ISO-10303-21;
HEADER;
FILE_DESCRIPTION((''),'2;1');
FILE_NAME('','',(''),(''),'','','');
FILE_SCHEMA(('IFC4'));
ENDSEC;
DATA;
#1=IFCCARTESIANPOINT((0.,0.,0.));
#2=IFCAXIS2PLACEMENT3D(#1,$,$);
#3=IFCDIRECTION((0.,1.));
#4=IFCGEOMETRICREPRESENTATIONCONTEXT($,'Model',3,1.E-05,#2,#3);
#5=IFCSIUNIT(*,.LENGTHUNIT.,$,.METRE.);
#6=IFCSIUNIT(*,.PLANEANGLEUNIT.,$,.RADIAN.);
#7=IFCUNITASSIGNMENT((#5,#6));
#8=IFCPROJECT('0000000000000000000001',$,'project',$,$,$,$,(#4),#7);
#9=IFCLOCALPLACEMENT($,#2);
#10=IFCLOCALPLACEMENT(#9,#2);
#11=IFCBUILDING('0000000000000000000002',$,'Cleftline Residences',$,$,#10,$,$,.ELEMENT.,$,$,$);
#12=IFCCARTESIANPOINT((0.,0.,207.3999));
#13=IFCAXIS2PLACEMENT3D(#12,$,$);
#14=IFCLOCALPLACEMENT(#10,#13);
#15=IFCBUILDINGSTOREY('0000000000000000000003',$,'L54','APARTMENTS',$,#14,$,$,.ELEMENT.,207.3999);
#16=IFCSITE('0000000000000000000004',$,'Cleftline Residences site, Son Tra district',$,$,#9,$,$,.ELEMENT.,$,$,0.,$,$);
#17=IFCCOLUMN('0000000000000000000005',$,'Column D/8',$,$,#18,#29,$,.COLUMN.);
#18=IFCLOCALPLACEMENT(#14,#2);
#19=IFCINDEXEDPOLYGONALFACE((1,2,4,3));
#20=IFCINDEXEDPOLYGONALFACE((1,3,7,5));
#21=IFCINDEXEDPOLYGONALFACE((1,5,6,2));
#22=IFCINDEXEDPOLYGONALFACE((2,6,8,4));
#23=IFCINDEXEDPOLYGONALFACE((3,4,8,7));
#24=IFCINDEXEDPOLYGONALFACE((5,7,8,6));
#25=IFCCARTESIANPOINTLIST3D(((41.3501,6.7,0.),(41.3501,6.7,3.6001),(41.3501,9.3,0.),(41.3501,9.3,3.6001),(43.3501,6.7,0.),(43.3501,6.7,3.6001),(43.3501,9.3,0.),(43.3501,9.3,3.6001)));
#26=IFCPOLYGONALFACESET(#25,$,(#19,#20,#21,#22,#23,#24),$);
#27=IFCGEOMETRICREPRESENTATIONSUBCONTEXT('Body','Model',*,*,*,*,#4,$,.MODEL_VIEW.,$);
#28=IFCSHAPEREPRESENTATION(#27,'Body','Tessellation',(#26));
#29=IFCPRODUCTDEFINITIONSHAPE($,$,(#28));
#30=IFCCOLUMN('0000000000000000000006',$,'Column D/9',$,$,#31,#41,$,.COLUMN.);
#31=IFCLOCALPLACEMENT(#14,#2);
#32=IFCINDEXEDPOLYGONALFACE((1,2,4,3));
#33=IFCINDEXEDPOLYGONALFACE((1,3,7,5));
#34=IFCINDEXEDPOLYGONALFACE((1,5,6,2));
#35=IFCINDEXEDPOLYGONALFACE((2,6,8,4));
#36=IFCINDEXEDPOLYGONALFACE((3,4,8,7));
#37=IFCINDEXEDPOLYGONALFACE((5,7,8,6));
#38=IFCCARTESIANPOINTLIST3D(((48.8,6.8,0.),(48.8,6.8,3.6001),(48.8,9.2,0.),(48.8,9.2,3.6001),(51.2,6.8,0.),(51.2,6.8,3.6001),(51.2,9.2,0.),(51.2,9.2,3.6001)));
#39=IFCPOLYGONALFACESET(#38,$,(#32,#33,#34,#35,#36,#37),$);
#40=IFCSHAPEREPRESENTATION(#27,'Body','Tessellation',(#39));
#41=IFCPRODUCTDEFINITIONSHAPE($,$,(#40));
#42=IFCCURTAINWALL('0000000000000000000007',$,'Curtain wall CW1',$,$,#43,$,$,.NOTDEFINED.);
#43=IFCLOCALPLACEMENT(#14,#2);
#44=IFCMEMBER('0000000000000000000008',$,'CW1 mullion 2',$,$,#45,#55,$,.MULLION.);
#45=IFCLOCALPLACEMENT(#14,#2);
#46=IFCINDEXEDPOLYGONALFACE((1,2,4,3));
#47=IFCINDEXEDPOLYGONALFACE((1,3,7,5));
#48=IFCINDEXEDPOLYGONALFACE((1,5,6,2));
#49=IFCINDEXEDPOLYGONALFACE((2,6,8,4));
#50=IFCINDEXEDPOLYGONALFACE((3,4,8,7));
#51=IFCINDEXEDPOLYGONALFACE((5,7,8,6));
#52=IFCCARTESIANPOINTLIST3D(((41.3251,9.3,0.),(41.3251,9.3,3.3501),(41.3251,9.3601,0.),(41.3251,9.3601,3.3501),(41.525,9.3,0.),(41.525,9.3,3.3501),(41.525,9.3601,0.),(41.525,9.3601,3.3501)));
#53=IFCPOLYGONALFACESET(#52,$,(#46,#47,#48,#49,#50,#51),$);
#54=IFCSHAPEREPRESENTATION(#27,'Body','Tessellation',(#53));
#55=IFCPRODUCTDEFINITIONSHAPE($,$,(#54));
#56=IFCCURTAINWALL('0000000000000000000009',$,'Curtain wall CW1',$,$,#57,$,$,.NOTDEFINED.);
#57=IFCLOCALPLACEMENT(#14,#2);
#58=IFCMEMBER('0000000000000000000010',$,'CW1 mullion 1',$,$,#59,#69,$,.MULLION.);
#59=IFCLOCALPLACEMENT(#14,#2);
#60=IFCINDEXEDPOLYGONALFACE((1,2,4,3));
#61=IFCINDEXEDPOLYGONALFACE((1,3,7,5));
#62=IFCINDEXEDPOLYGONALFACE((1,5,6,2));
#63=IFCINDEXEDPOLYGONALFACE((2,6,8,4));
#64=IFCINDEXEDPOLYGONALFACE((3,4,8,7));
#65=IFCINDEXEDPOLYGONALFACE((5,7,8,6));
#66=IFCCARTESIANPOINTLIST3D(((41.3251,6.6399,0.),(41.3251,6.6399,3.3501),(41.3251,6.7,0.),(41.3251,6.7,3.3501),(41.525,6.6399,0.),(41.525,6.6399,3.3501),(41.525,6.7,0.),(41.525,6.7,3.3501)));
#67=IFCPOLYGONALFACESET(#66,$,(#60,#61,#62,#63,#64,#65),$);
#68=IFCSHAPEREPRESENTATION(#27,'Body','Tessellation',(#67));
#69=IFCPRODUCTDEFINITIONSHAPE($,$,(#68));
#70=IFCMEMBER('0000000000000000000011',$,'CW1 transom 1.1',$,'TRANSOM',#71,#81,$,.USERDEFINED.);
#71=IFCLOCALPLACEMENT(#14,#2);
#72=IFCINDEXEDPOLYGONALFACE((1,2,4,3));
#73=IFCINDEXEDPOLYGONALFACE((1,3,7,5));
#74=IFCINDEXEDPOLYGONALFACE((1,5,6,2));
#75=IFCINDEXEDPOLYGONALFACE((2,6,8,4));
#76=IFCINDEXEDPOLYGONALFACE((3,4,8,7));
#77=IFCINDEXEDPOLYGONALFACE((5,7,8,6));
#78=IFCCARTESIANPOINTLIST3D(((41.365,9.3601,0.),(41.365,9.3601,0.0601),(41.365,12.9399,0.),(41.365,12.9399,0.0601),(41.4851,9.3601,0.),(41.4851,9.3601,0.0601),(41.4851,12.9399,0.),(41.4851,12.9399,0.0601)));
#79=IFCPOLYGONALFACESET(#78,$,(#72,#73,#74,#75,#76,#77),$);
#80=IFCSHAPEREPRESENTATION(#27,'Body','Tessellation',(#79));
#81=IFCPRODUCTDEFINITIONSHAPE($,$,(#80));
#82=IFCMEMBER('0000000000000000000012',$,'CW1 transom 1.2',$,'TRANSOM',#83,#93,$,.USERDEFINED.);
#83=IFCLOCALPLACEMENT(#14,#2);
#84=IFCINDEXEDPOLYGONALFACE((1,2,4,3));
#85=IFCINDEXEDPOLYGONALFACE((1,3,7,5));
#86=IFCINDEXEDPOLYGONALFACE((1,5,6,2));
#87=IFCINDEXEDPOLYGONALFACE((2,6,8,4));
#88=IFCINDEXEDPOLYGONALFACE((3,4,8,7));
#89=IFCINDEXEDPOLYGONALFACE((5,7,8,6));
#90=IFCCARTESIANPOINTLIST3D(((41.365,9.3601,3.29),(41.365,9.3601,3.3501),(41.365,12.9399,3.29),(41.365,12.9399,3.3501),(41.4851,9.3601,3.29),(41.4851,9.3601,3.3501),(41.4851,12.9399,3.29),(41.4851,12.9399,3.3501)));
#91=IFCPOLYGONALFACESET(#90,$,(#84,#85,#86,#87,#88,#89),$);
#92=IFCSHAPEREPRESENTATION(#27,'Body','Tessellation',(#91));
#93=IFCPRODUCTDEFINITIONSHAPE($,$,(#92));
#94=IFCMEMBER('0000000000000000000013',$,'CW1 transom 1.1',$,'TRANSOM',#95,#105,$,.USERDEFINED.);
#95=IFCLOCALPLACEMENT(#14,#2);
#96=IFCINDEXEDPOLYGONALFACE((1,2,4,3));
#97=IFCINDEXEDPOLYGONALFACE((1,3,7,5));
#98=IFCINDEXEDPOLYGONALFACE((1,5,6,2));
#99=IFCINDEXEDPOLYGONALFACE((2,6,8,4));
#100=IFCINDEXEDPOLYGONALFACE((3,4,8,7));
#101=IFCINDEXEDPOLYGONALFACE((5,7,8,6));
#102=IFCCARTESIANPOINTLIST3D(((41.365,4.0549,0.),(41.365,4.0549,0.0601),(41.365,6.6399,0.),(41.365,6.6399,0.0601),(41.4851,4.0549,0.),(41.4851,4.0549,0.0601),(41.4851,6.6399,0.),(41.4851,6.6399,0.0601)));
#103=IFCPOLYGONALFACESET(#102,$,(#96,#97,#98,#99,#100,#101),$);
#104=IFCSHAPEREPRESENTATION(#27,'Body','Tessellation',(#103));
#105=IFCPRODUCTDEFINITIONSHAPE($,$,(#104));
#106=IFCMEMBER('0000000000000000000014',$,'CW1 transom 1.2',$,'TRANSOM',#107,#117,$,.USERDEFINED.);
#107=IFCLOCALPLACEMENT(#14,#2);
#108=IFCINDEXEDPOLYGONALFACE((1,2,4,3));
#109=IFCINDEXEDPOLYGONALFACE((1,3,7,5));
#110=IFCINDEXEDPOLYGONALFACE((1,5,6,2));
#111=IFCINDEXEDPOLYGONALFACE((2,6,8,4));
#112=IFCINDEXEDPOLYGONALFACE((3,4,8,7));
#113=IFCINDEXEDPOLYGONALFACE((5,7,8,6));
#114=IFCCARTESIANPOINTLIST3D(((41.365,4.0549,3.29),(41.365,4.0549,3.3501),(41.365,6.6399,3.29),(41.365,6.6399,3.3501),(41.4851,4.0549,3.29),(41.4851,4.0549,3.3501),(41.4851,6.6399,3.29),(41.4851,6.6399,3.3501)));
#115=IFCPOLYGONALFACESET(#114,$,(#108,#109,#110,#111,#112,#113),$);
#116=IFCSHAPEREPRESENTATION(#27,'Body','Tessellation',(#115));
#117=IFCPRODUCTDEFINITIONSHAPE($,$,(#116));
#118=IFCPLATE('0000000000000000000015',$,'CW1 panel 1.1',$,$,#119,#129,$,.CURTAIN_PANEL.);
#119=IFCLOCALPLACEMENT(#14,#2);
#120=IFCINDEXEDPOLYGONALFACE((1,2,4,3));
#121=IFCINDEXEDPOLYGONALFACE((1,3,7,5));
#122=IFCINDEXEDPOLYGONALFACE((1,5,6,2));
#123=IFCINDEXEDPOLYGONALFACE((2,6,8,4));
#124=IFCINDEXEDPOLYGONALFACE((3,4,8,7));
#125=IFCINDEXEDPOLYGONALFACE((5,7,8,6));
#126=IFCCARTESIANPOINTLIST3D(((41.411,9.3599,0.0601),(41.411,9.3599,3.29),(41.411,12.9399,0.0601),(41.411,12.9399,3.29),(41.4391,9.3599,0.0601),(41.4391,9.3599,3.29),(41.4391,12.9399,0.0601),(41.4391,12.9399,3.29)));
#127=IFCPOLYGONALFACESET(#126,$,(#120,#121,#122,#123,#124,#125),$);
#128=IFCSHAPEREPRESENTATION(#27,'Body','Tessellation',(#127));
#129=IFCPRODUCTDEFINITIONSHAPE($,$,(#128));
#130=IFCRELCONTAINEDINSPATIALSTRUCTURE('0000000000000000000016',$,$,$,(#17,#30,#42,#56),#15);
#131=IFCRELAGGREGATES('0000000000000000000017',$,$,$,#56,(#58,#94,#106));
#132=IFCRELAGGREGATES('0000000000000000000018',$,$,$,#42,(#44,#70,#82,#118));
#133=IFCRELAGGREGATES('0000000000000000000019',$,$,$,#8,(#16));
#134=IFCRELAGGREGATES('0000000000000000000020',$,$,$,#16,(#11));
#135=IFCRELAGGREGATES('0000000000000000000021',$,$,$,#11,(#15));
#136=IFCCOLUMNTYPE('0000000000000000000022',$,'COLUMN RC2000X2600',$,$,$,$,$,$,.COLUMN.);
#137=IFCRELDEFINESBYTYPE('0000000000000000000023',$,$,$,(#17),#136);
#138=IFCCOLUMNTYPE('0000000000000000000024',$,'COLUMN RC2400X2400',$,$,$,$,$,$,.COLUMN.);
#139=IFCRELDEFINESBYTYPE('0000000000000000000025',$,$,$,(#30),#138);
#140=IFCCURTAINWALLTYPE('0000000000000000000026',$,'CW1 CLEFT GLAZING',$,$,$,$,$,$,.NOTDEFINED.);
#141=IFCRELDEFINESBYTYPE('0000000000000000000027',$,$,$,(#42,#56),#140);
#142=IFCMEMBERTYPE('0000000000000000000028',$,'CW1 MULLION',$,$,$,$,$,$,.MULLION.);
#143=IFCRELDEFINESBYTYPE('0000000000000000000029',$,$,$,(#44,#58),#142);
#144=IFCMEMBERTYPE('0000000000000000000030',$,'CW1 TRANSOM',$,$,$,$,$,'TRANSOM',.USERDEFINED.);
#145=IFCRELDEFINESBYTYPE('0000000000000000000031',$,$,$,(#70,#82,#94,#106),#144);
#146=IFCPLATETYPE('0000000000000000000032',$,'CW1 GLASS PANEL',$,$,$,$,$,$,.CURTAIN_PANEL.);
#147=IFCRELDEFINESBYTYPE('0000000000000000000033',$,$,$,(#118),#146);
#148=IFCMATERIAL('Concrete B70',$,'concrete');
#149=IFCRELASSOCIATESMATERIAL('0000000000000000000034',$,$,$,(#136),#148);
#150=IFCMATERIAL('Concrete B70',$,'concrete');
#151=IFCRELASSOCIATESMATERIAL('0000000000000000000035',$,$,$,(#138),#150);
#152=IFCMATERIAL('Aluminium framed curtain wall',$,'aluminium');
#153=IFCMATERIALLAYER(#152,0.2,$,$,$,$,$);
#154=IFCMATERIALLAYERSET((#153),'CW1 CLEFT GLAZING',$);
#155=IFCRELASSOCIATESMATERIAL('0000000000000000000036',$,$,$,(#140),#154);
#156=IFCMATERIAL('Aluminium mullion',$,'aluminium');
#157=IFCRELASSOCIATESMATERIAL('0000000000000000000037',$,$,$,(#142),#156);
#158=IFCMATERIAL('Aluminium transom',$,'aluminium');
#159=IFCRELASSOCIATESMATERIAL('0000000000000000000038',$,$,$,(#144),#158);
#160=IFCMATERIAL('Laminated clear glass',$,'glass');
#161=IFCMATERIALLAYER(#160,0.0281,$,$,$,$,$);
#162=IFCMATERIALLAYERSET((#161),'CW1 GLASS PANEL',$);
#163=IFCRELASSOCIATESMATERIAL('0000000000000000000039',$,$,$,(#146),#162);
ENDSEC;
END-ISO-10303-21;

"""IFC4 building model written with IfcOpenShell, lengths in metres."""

from ifc_helpers import new_model, si_unit, direction, frame, origin, origin_2d, place, context, subcontext, project, spatial, rectangle, extrude, material, layer, layer_set, material_profile, profile_set, type_object, element, aggregate, save


model = new_model("IFC4")

# Units and contexts
model_context = context("Model", 3, precision=1e-05, world=origin(), true_north=direction((0.0, 1.0)))
body_context = subcontext(model_context, "Body", "Model", "MODEL_VIEW")
ifc_project = project(units=[si_unit("LENGTHUNIT", "METRE"), si_unit("PLANEANGLEUNIT", "RADIAN")], contexts=[model_context])

# Site, building, storey
site_placement = place(None, origin())
site = spatial("IfcSite", under=ifc_project, at=site_placement, Name="Cleftline Residences site, Son Tra district", CompositionType="ELEMENT", RefElevation=0.0)
building_placement = place(site_placement, origin())
building = spatial("IfcBuilding", under=site, at=building_placement, Name="Cleftline Residences", CompositionType="ELEMENT")
storey_placement = place(building_placement, frame((0.0, 0.0, 207.3999)))
storey = spatial("IfcBuildingStorey", under=building, at=storey_placement, Name="L54", Description="APARTMENTS", CompositionType="ELEMENT", Elevation=207.3999)

# Columns
ifc_material_1 = material(Name="Concrete B70", Category="concrete")
ifc_material_profile_1 = material_profile(ifc_material_1, rectangle(XDim=2.0, YDim=2.6001, at=origin_2d()))
ifc_profile_set_1 = profile_set([ifc_material_profile_1], Name="Concrete B70")
column_type_1 = type_object("IfcColumnType", Name="COLUMN RC2000X2600", PredefinedType="COLUMN", material=ifc_profile_set_1)
column_1_placement = place(storey_placement, frame((42.3501, 8.0, 0.0), z_axis=(0.0, 0.0, 1.0), x_axis=(1.0, 0.0, 0.0)))
element("IfcColumn", 1, at=column_1_placement, inside=storey, type_object=column_type_1, Name="Column D/8", PredefinedType="COLUMN", context=body_context, shape_type="SweptSolid", body=[
    extrude(rectangle(XDim=2.0, YDim=2.6001, at=origin_2d()), origin(), (0.0, 0.0, 1.0), 3.6001),
])
ifc_material_2 = material(Name="Concrete B70", Category="concrete")
ifc_material_profile_2 = material_profile(ifc_material_2, rectangle(XDim=2.3999, YDim=2.3999, at=origin_2d()))
ifc_profile_set_2 = profile_set([ifc_material_profile_2], Name="Concrete B70")
column_type_2 = type_object("IfcColumnType", Name="COLUMN RC2400X2400", PredefinedType="COLUMN", material=ifc_profile_set_2)
column_2_placement = place(storey_placement, frame((50.0, 8.0, 0.0), z_axis=(0.0, 0.0, 1.0), x_axis=(1.0, 0.0, 0.0)))
element("IfcColumn", 2, at=column_2_placement, inside=storey, type_object=column_type_2, Name="Column D/9", PredefinedType="COLUMN", context=body_context, shape_type="SweptSolid", body=[
    extrude(rectangle(XDim=2.3999, YDim=2.3999, at=origin_2d()), origin(), (0.0, 0.0, 1.0), 3.6001),
])

# Curtain walls, members
ifc_material_3 = material(Name="Aluminium framed curtain wall", Category="aluminium")
ifc_layer_1 = layer(ifc_material_3, 0.2)
ifc_layer_set_1 = layer_set([ifc_layer_1], Name="CW1 CLEFT GLAZING")
curtain_wall_type = type_object("IfcCurtainWallType", Name="CW1 CLEFT GLAZING", PredefinedType="NOTDEFINED", material=ifc_layer_set_1)
curtain_wall_1_placement = place(storey_placement, origin())
curtain_wall_1 = element("IfcCurtainWall", 3, at=curtain_wall_1_placement, inside=storey, type_object=curtain_wall_type, Name="Curtain wall CW1", PredefinedType="NOTDEFINED")
ifc_material_4 = material(Name="Aluminium mullion", Category="aluminium")
ifc_material_profile_3 = material_profile(ifc_material_4, rectangle(XDim=0.2, YDim=0.0601, at=origin_2d()))
ifc_profile_set_3 = profile_set([ifc_material_profile_3], Name="Aluminium mullion")
member_type_1 = type_object("IfcMemberType", Name="CW1 MULLION", PredefinedType="MULLION", material=ifc_profile_set_3)
member_1_placement = place(storey_placement, frame((41.425, 9.3301, 0.0), z_axis=(0.0, 0.0, 1.0), x_axis=(1.0, 0.0, 0.0)))
member_1 = element("IfcMember", 4, at=member_1_placement, type_object=member_type_1, Name="CW1 mullion 2", PredefinedType="MULLION", context=body_context, shape_type="SweptSolid", body=[
    extrude(rectangle(XDim=0.2, YDim=0.0601, at=origin_2d()), origin(), (0.0, 0.0, 1.0), 3.3501),
])
curtain_wall_2_placement = place(storey_placement, origin())
curtain_wall_2 = element("IfcCurtainWall", 5, at=curtain_wall_2_placement, inside=storey, type_object=curtain_wall_type, Name="Curtain wall CW1", PredefinedType="NOTDEFINED")
member_2_placement = place(storey_placement, frame((41.425, 6.6699, 0.0), z_axis=(0.0, 0.0, 1.0), x_axis=(1.0, 0.0, 0.0)))
member_2 = element("IfcMember", 6, at=member_2_placement, type_object=member_type_1, Name="CW1 mullion 1", PredefinedType="MULLION", context=body_context, shape_type="SweptSolid", body=[
    extrude(rectangle(XDim=0.2, YDim=0.0601, at=origin_2d()), origin(), (0.0, 0.0, 1.0), 3.3501),
])

# Members
ifc_material_5 = material(Name="Aluminium transom", Category="aluminium")
ifc_material_profile_4 = material_profile(ifc_material_5, rectangle(XDim=0.1201, YDim=0.0601, at=origin_2d()))
ifc_profile_set_4 = profile_set([ifc_material_profile_4], Name="Aluminium transom")
member_type_2 = type_object("IfcMemberType", Name="CW1 TRANSOM", ElementType="TRANSOM", PredefinedType="USERDEFINED", material=ifc_profile_set_4)
member_3_placement = place(storey_placement, frame((41.425, 12.9399, 0.03), z_axis=(0.0, -1.0, 0.0), x_axis=(1.0, 0.0, 0.0)))
member_3 = element("IfcMember", 7, at=member_3_placement, type_object=member_type_2, Name="CW1 transom 1.1", ObjectType="TRANSOM", PredefinedType="USERDEFINED", context=body_context, shape_type="SweptSolid", body=[
    extrude(rectangle(XDim=0.1201, YDim=0.0601, at=origin_2d()), origin(), (0.0, 0.0, 1.0), 3.5798),
])
member_4_placement = place(storey_placement, frame((41.425, 12.9399, 3.3201), z_axis=(0.0, -1.0, 0.0), x_axis=(1.0, 0.0, 0.0)))
member_4 = element("IfcMember", 8, at=member_4_placement, type_object=member_type_2, Name="CW1 transom 1.2", ObjectType="TRANSOM", PredefinedType="USERDEFINED", context=body_context, shape_type="SweptSolid", body=[
    extrude(rectangle(XDim=0.1201, YDim=0.0601, at=origin_2d()), origin(), (0.0, 0.0, 1.0), 3.5798),
])
member_5_placement = place(storey_placement, frame((41.425, 6.6399, 0.03), z_axis=(0.0, -1.0, 0.0), x_axis=(1.0, 0.0, 0.0)))
member_5 = element("IfcMember", 9, at=member_5_placement, type_object=member_type_2, Name="CW1 transom 1.1", ObjectType="TRANSOM", PredefinedType="USERDEFINED", context=body_context, shape_type="SweptSolid", body=[
    extrude(rectangle(XDim=0.1201, YDim=0.0601, at=origin_2d()), origin(), (0.0, 0.0, 1.0), 2.585),
])
member_6_placement = place(storey_placement, frame((41.425, 6.6399, 3.3201), z_axis=(0.0, -1.0, 0.0), x_axis=(1.0, 0.0, 0.0)))
member_6 = element("IfcMember", 10, at=member_6_placement, type_object=member_type_2, Name="CW1 transom 1.2", ObjectType="TRANSOM", PredefinedType="USERDEFINED", context=body_context, shape_type="SweptSolid", body=[
    extrude(rectangle(XDim=0.1201, YDim=0.0601, at=origin_2d()), origin(), (0.0, 0.0, 1.0), 2.585),
])
aggregate(curtain_wall_2, [member_2, member_5, member_6])

# Plate
ifc_material_6 = material(Name="Laminated clear glass", Category="glass")
ifc_layer_2 = layer(ifc_material_6, 0.0281)
ifc_layer_set_2 = layer_set([ifc_layer_2], Name="CW1 GLASS PANEL")
plate_type = type_object("IfcPlateType", Name="CW1 GLASS PANEL", PredefinedType="CURTAIN_PANEL", material=ifc_layer_set_2)
plate_placement = place(storey_placement, frame((41.425, 11.1499, 0.0601), z_axis=(0.0, 0.0, 1.0), x_axis=(0.0, -1.0, 0.0)))
plate = element("IfcPlate", 11, at=plate_placement, type_object=plate_type, Name="CW1 panel 1.1", PredefinedType="CURTAIN_PANEL", context=body_context, shape_type="SweptSolid", body=[
    extrude(rectangle(XDim=3.5801, YDim=0.0281, at=origin_2d()), origin(), (0.0, 0.0, 1.0), 3.23),
])
aggregate(curtain_wall_1, [member_1, member_3, member_4, plate])

save(model, "model.ifc")
